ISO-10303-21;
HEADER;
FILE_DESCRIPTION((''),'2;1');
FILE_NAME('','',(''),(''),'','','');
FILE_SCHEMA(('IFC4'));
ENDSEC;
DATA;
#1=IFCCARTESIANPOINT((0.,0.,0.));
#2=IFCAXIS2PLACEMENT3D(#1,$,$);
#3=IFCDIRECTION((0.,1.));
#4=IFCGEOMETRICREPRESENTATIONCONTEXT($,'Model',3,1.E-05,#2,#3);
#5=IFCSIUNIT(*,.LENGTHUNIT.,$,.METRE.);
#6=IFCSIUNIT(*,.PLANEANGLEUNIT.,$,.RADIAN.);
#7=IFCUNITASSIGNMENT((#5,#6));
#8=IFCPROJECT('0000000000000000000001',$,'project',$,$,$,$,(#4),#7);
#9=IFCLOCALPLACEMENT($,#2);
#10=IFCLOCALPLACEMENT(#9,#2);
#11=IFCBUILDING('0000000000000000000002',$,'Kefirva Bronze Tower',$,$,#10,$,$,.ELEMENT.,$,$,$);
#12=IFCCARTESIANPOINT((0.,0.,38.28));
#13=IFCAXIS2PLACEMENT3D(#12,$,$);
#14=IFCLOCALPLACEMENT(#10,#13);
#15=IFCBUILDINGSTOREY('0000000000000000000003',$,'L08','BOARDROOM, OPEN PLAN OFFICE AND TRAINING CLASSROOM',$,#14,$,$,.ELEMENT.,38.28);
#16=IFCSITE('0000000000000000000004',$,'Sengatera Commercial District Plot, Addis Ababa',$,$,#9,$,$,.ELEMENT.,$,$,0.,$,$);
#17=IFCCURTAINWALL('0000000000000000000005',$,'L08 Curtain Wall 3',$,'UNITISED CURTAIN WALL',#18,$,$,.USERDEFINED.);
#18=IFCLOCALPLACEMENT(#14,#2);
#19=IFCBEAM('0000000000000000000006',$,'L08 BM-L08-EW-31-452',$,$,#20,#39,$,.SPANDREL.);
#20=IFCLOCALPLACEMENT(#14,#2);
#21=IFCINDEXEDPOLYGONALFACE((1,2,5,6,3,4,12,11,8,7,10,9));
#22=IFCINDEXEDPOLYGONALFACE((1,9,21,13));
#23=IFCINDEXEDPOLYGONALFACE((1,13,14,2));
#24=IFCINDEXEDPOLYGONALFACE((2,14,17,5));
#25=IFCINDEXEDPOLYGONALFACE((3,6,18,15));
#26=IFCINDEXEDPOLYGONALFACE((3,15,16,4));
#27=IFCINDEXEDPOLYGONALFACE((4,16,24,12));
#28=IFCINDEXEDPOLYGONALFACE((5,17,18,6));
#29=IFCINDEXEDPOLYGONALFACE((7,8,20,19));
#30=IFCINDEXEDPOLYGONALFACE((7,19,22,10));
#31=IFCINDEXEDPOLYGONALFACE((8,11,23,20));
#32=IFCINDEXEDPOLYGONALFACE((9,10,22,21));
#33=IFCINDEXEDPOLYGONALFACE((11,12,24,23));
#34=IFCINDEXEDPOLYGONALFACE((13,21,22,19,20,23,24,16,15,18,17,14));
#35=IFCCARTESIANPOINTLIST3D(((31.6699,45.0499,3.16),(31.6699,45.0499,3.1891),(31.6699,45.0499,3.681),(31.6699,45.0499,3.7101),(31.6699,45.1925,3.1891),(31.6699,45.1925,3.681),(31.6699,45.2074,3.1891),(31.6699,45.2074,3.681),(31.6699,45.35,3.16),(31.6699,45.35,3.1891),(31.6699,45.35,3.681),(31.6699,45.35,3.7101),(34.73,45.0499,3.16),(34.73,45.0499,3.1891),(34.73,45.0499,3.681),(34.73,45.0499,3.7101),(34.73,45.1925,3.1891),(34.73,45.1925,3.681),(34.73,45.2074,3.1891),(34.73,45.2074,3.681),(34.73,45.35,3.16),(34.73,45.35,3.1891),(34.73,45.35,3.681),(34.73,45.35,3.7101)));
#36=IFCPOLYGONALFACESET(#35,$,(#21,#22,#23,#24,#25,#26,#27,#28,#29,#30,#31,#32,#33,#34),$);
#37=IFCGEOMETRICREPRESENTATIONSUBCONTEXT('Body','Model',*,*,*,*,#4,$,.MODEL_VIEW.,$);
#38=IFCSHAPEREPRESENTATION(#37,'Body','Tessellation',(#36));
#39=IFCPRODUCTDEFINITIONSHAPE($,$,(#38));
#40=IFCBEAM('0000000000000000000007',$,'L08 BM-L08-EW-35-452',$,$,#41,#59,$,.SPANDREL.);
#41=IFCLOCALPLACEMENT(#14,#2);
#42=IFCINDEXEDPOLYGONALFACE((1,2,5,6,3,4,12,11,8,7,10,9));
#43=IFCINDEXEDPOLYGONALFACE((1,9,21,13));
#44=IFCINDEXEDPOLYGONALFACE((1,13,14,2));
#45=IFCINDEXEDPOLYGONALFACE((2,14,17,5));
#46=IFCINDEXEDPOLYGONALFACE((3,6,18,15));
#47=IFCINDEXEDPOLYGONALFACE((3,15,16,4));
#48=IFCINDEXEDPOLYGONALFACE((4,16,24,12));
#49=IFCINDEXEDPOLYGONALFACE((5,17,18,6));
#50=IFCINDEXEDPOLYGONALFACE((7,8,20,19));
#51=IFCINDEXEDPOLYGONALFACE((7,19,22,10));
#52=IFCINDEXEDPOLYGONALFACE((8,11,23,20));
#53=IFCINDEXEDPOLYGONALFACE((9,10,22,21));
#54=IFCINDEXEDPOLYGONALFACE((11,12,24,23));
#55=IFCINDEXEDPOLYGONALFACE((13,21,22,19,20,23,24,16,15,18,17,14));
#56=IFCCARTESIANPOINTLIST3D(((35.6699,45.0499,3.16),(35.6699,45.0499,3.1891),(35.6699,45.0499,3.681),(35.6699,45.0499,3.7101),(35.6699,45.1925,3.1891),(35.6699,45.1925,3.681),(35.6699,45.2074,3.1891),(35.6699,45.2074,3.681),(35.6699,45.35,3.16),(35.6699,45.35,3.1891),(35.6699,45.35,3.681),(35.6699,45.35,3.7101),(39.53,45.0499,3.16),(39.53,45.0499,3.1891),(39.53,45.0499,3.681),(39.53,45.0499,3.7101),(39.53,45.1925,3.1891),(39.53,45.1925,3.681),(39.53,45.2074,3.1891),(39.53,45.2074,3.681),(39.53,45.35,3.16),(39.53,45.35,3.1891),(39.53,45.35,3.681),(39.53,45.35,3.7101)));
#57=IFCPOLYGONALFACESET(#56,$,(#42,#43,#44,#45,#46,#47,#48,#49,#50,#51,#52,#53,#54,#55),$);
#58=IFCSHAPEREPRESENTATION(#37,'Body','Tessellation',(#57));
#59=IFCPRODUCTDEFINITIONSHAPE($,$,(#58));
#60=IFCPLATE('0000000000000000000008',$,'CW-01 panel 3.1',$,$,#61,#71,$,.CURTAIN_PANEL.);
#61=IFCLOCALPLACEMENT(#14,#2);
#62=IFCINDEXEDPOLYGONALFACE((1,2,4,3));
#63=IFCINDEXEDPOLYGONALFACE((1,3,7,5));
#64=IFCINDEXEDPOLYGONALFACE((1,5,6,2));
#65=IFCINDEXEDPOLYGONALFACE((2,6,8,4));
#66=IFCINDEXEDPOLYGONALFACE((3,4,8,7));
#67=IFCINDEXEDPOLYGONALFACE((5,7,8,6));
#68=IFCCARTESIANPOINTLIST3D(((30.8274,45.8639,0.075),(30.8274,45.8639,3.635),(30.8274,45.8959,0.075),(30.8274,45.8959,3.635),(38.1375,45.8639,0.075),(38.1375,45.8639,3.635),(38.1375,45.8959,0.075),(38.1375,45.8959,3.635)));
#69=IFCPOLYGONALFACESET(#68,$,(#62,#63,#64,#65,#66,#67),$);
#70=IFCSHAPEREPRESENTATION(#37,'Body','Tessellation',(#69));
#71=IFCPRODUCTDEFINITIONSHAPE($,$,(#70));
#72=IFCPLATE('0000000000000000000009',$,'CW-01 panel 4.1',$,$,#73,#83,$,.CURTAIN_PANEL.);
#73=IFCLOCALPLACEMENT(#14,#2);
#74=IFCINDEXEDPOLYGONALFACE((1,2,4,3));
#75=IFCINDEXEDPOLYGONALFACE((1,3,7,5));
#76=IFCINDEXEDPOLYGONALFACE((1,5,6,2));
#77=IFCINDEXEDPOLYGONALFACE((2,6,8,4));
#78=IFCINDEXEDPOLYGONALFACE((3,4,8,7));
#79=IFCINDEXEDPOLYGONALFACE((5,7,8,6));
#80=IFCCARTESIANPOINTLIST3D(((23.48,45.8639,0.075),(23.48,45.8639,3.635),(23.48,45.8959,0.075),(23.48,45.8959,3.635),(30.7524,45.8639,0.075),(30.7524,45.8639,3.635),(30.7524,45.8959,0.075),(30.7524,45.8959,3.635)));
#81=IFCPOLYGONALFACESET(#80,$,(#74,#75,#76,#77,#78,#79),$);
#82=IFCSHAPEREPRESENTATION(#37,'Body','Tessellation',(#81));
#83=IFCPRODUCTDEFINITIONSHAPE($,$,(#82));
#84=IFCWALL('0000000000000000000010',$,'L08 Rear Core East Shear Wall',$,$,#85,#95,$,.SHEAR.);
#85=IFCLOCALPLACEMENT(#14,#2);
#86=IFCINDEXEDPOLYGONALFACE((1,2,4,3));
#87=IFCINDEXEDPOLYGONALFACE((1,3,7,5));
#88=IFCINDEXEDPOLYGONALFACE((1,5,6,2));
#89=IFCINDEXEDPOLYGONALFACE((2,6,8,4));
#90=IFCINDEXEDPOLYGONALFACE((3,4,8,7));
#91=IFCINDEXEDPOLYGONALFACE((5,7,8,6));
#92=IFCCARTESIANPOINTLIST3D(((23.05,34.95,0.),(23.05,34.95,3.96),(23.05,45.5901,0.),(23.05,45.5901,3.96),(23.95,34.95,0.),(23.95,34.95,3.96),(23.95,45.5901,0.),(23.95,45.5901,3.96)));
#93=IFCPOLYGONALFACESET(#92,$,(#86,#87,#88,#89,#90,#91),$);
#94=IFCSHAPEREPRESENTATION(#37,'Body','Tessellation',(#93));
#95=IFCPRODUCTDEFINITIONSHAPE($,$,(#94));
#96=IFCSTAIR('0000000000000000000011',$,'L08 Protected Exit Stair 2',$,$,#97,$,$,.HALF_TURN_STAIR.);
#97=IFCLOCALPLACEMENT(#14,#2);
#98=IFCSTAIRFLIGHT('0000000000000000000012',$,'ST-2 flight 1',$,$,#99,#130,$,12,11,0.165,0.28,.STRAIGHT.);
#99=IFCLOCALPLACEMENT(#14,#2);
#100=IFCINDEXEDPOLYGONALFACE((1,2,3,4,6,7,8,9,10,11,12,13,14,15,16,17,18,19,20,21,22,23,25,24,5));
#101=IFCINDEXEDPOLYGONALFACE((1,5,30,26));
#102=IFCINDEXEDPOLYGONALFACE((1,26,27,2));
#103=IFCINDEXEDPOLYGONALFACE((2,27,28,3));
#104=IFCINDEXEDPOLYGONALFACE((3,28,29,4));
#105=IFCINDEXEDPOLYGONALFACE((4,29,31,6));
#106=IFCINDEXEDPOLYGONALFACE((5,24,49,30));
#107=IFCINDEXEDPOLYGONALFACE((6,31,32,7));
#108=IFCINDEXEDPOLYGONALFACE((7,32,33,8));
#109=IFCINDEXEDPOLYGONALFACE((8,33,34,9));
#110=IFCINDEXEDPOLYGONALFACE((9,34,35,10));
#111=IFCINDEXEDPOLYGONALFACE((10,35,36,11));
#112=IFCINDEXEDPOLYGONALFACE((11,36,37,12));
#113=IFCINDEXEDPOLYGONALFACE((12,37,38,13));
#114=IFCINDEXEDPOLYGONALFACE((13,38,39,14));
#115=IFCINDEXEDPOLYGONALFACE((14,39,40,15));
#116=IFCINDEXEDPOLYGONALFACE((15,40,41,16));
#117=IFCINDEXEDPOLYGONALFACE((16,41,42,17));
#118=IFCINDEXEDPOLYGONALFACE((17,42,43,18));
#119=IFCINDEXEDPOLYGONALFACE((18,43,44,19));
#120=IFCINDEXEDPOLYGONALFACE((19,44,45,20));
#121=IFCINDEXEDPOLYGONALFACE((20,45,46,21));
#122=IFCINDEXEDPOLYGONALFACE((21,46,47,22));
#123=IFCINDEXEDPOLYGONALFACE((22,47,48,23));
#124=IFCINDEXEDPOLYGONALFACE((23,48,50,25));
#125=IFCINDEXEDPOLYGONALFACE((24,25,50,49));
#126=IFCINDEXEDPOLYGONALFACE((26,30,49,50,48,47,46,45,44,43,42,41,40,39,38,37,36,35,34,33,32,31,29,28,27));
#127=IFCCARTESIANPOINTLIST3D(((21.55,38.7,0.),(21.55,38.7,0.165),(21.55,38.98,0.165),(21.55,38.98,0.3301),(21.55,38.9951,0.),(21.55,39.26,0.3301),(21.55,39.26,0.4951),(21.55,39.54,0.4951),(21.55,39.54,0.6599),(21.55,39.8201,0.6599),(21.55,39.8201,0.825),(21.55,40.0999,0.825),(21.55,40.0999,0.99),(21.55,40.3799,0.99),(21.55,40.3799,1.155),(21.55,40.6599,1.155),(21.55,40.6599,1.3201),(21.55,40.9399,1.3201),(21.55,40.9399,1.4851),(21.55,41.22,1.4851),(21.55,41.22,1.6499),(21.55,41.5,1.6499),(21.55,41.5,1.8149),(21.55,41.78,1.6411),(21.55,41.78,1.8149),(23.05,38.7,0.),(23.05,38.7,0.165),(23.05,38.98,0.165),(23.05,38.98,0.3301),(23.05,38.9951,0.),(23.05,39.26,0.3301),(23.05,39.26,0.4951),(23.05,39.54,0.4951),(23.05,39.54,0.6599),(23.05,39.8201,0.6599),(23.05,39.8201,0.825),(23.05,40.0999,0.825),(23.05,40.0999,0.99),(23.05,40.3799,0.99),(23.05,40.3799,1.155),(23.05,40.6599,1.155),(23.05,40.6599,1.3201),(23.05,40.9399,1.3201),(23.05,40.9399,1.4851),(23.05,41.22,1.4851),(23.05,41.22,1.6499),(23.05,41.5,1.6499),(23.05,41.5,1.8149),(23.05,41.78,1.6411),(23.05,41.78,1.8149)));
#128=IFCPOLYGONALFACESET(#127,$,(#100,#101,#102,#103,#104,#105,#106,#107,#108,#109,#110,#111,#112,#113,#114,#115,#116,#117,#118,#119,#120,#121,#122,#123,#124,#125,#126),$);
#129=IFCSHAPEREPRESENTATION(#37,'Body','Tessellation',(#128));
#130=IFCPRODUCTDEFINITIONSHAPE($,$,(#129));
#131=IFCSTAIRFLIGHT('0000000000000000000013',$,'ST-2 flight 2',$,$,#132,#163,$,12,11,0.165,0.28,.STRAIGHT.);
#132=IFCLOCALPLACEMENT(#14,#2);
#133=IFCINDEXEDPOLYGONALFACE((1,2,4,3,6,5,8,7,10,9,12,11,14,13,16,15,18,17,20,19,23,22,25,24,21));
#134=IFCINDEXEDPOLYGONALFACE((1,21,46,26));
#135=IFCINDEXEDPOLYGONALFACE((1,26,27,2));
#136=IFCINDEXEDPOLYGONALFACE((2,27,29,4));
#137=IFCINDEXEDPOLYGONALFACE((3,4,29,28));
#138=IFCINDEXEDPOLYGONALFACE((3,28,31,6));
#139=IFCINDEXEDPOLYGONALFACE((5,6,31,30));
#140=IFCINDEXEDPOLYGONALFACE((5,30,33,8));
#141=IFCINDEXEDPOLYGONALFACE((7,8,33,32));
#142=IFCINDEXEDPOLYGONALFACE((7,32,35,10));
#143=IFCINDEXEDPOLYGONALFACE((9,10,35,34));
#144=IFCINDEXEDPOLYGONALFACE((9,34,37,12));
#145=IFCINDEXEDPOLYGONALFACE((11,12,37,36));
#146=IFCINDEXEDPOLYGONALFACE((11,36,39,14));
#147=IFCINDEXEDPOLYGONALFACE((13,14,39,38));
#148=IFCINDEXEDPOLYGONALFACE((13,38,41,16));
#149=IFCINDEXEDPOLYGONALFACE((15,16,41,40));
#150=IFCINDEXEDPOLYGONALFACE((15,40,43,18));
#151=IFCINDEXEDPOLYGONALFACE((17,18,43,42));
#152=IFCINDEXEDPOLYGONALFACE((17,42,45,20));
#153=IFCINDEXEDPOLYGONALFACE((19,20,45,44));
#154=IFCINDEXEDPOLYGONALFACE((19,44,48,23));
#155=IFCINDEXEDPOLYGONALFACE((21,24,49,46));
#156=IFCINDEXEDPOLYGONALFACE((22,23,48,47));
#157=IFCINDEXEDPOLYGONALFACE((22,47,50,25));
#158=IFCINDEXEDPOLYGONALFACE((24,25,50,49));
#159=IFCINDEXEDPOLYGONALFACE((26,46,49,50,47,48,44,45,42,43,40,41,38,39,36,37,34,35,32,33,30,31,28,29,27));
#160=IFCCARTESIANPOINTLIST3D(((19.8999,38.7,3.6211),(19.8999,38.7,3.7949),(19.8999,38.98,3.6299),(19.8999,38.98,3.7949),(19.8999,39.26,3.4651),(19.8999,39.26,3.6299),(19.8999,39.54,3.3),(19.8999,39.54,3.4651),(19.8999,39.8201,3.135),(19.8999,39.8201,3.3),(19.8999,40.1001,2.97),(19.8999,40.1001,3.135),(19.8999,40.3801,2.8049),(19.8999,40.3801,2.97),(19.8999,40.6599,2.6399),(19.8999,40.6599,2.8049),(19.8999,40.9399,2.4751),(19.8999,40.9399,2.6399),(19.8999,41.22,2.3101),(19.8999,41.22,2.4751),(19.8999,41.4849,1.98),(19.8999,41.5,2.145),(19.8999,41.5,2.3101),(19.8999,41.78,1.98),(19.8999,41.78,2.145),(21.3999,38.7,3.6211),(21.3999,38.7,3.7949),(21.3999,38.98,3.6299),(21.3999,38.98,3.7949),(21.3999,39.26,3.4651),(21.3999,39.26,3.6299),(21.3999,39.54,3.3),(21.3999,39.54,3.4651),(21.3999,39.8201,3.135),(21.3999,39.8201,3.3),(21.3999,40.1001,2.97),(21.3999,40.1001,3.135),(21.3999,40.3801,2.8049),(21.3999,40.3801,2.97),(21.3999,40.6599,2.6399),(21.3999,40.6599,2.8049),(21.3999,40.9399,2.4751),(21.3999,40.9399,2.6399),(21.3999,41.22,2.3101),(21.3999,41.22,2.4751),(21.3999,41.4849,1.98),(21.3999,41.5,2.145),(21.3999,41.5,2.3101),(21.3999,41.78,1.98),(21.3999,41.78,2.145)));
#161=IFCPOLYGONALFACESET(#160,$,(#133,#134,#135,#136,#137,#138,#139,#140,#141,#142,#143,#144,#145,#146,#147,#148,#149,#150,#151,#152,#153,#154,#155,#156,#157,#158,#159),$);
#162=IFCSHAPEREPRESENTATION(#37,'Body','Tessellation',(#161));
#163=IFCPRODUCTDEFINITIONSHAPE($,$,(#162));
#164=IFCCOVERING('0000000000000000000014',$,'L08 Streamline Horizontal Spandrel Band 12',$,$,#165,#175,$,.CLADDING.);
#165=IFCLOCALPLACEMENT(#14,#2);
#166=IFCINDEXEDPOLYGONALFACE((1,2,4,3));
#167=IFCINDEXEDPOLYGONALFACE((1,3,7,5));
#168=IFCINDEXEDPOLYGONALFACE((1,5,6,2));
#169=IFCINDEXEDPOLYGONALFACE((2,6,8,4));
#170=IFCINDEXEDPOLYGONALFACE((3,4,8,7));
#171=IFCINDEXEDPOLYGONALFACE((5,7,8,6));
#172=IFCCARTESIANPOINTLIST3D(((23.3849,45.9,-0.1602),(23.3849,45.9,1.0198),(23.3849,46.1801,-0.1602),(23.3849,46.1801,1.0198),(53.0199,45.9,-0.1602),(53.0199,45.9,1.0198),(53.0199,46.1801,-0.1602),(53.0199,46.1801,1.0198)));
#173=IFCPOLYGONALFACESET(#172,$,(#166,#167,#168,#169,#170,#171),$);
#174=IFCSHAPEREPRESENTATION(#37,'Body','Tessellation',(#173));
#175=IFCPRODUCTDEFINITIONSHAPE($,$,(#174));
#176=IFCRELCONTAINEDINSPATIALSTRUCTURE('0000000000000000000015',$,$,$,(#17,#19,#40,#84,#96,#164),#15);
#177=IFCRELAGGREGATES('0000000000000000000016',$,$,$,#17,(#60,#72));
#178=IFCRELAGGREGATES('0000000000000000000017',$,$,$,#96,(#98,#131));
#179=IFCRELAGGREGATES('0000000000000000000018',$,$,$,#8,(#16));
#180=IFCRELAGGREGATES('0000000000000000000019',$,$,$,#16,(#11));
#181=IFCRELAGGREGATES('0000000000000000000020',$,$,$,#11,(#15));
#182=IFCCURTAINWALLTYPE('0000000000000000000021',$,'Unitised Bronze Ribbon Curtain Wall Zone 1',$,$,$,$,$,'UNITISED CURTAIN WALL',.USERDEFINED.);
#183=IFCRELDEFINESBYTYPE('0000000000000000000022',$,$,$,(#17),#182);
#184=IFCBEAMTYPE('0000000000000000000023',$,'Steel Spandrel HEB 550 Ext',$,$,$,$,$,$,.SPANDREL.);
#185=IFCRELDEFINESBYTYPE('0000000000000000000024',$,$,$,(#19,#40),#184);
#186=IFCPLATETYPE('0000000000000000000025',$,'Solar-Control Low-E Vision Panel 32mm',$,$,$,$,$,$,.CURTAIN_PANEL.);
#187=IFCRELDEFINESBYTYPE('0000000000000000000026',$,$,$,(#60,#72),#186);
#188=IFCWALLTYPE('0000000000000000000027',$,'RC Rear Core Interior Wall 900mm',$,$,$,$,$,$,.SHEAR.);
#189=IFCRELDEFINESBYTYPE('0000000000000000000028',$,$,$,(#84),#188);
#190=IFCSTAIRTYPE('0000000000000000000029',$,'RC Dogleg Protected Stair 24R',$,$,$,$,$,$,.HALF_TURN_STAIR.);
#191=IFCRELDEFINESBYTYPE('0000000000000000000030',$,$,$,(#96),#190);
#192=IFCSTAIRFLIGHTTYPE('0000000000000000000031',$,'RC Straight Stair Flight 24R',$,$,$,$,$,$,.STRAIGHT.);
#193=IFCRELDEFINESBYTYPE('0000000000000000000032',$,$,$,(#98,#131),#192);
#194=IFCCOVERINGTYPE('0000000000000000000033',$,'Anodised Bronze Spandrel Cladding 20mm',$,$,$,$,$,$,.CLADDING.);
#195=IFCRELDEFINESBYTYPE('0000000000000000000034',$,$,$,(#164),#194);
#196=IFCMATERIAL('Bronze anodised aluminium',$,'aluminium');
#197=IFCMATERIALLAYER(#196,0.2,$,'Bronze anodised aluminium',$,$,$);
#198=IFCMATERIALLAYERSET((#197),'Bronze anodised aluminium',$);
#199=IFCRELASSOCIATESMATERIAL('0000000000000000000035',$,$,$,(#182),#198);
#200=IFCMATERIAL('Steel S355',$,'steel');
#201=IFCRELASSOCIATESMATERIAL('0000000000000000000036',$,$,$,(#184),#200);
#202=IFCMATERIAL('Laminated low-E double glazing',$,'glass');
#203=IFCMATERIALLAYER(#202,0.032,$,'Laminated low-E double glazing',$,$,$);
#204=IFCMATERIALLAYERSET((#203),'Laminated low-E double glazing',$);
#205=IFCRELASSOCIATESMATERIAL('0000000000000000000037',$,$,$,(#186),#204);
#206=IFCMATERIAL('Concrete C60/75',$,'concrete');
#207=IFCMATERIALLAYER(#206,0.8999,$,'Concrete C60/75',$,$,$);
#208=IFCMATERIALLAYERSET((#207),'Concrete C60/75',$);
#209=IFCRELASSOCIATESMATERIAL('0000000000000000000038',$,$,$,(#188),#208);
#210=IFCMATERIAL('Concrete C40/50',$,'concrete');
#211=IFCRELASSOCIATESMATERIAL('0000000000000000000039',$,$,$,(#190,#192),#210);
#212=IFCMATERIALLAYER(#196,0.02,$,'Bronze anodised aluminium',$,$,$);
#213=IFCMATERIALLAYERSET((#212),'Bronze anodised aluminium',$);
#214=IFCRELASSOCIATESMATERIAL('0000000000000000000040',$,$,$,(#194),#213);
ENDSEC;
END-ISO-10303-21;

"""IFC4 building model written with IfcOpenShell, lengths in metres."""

from ifc_helpers import new_model, si_unit, direction, frame, frame_2d, origin, origin_2d, place, context, subcontext, project, spatial, polyline, rectangle, i_section, outline, extrude, material, layer, layer_set, material_profile, profile_set, type_object, element, aggregate, save


model = new_model("IFC4")

# Units and contexts
model_context = context("Model", 3, precision=1e-05, world=origin(), true_north=direction((0.0, 1.0)))
body_context = subcontext(model_context, "Body", "Model", "MODEL_VIEW")
ifc_project = project(units=[si_unit("LENGTHUNIT", "METRE"), si_unit("PLANEANGLEUNIT", "RADIAN")], contexts=[model_context])

# Site, building, storey
site_placement = place(None, origin())
site = spatial("IfcSite", under=ifc_project, at=site_placement, Name="Sengatera Commercial District Plot, Addis Ababa", CompositionType="ELEMENT", RefElevation=0.0)
building_placement = place(site_placement, origin())
building = spatial("IfcBuilding", under=site, at=building_placement, Name="Kefirva Bronze Tower", CompositionType="ELEMENT")
storey_placement = place(building_placement, frame((0.0, 0.0, 38.28)))
storey = spatial("IfcBuildingStorey", under=building, at=storey_placement, Name="L08", Description="BOARDROOM, OPEN PLAN OFFICE AND TRAINING CLASSROOM", CompositionType="ELEMENT", Elevation=38.28)

# Shared definitions
ifc_material_1 = material(Name="Concrete C60/75", Category="concrete")

# Curtain wall
ifc_material_2 = material(Name="Bronze anodised aluminium", Category="aluminium")
ifc_layer_1 = layer(ifc_material_2, 0.2, Name="Bronze anodised aluminium")
ifc_layer_set_1 = layer_set([ifc_layer_1], Name="Bronze anodised aluminium")
curtain_wall_type = type_object("IfcCurtainWallType", Name="Unitised Bronze Ribbon Curtain Wall Zone 1", ElementType="UNITISED CURTAIN WALL", PredefinedType="USERDEFINED", material=ifc_layer_set_1)
curtain_wall_placement = place(storey_placement, origin())
curtain_wall = element("IfcCurtainWall", 1, at=curtain_wall_placement, inside=storey, type_object=curtain_wall_type, Name="L08 Curtain Wall 3", ObjectType="UNITISED CURTAIN WALL", PredefinedType="USERDEFINED")

# Beams
ifc_material_3 = material(Name="Steel S355", Category="steel")
ifc_material_profile_1 = material_profile(ifc_material_3, i_section(OverallWidth=0.3, OverallDepth=0.55, WebThickness=0.0149, FlangeThickness=0.0291, at=origin_2d()), Name="HEB 550")
ifc_profile_set_1 = profile_set([ifc_material_profile_1], Name="Steel S355")
beam_type_1 = type_object("IfcBeamType", Name="Steel Spandrel HEB 550 Ext", PredefinedType="SPANDREL", material=ifc_profile_set_1)
beam_1_placement = place(storey_placement, frame((31.6699, 45.2, 3.4351), z_axis=(1.0, 0.0, 0.0), x_axis=(0.0, 1.0, 0.0)))
element("IfcBeam", 2, at=beam_1_placement, inside=storey, type_object=beam_type_1, Name="L08 BM-L08-EW-31-452", PredefinedType="SPANDREL", context=body_context, shape_type="SweptSolid", body=[
    extrude(i_section(OverallWidth=0.3, OverallDepth=0.55, WebThickness=0.0149, FlangeThickness=0.0291, at=origin_2d()), origin(), (0.0, 0.0, 1.0), 3.0601),
])
beam_2_placement = place(storey_placement, frame((35.6699, 45.2, 3.4351), z_axis=(1.0, 0.0, 0.0), x_axis=(0.0, 1.0, 0.0)))
element("IfcBeam", 3, at=beam_2_placement, inside=storey, type_object=beam_type_1, Name="L08 BM-L08-EW-35-452", PredefinedType="SPANDREL", context=body_context, shape_type="SweptSolid", body=[
    extrude(i_section(OverallWidth=0.3, OverallDepth=0.55, WebThickness=0.0149, FlangeThickness=0.0291, at=origin_2d()), origin(), (0.0, 0.0, 1.0), 3.8601),
])

# Plates
ifc_material_4 = material(Name="Laminated low-E double glazing", Category="glass")
ifc_layer_2 = layer(ifc_material_4, 0.032, Name="Laminated low-E double glazing")
ifc_layer_set_2 = layer_set([ifc_layer_2], Name="Laminated low-E double glazing")
plate_type = type_object("IfcPlateType", Name="Solar-Control Low-E Vision Panel 32mm", PredefinedType="CURTAIN_PANEL", material=ifc_layer_set_2)
plate_1_placement = place(storey_placement, frame((34.4824, 45.8799, 0.075), z_axis=(0.0, 0.0, 1.0), x_axis=(-1.0, 0.0, 0.0)))
plate_1 = element("IfcPlate", 4, at=plate_1_placement, type_object=plate_type, Name="CW-01 panel 3.1", PredefinedType="CURTAIN_PANEL", context=body_context, shape_type="SweptSolid", body=[
    extrude(rectangle(XDim=7.3101, YDim=0.032, at=origin_2d()), origin(), (0.0, 0.0, 1.0), 3.5601),
])
plate_2_placement = place(storey_placement, frame((27.1162, 45.8799, 0.075), z_axis=(0.0, 0.0, 1.0), x_axis=(-1.0, 0.0, 0.0)))
plate_2 = element("IfcPlate", 5, at=plate_2_placement, type_object=plate_type, Name="CW-01 panel 4.1", PredefinedType="CURTAIN_PANEL", context=body_context, shape_type="SweptSolid", body=[
    extrude(rectangle(XDim=7.2725, YDim=0.032, at=origin_2d()), origin(), (0.0, 0.0, 1.0), 3.5601),
])
aggregate(curtain_wall, [plate_1, plate_2])

# Wall
ifc_layer_3 = layer(ifc_material_1, 0.8999, Name="Concrete C60/75")
ifc_layer_set_3 = layer_set([ifc_layer_3], Name="Concrete C60/75")
wall_type = type_object("IfcWallType", Name="RC Rear Core Interior Wall 900mm", PredefinedType="SHEAR", material=ifc_layer_set_3)
wall_placement = place(storey_placement, frame((23.5, 34.95, 0.0), z_axis=(0.0, 0.0, 1.0), x_axis=(0.0, 1.0, 0.0)))
element("IfcWall", 6, at=wall_placement, inside=storey, type_object=wall_type, Name="L08 Rear Core East Shear Wall", PredefinedType="SHEAR", context=body_context, shape_type="SweptSolid", body=[
    extrude(rectangle(XDim=10.6401, YDim=0.8999, at=frame_2d((5.3201, 0.0))), origin(), (0.0, 0.0, 1.0), 3.96),
])

# Stair, stair flights
ifc_material_5 = material(Name="Concrete C40/50", Category="concrete")
stair_type = type_object("IfcStairType", Name="RC Dogleg Protected Stair 24R", PredefinedType="HALF_TURN_STAIR", material=ifc_material_5)
stair_placement = place(storey_placement, origin())
stair = element("IfcStair", 7, at=stair_placement, inside=storey, type_object=stair_type, Name="L08 Protected Exit Stair 2", PredefinedType="HALF_TURN_STAIR")
stair_flight_type = type_object("IfcStairFlightType", Name="RC Straight Stair Flight 24R", PredefinedType="STRAIGHT", material=ifc_material_5)
stair_flight_1_placement = place(storey_placement, frame((22.3, 38.7, 0.0), z_axis=(0.0, 0.0, 1.0), x_axis=(0.0, 1.0, 0.0)))
stair_flight_1 = element("IfcStairFlight", 8, at=stair_flight_1_placement, type_object=stair_flight_type, Name="ST-2 flight 1", NumberOfRisers=12, NumberOfTreads=11, PredefinedType="STRAIGHT", RiserHeight=0.165, TreadLength=0.28, context=body_context, shape_type="SweptSolid", body=[
    extrude(outline(polyline([(0.0, 0.0), (0.0, 0.165), (0.28, 0.165), (0.28, 0.3301), (0.5601, 0.3301), (0.5601, 0.4951), (0.8401, 0.4951), (0.8401, 0.6599), (1.1201, 0.6599), (1.1201, 0.825), (1.3999, 0.825), (1.3999, 0.99), (1.6799, 0.99), (1.6799, 1.155), (1.96, 1.155), (1.96, 1.3201), (2.24, 1.3201), (2.24, 1.4851), (2.52, 1.4851), (2.52, 1.6499), (2.8, 1.6499), (2.8, 1.8149), (3.0801, 1.8149), (3.0801, 1.98), (3.0801, 1.6411), (0.2952, 0.0), (0.0, 0.0)])), frame((0.0, 0.75, 0.0), z_axis=(0.0, -1.0, 0.0), x_axis=(1.0, 0.0, 0.0)), (0.0, 0.0, 1.0), 1.5),
])
stair_flight_2_placement = place(storey_placement, frame((20.6499, 41.78, 1.98), z_axis=(0.0, 0.0, 1.0), x_axis=(0.0, -1.0, 0.0)))
stair_flight_2 = element("IfcStairFlight", 9, at=stair_flight_2_placement, type_object=stair_flight_type, Name="ST-2 flight 2", NumberOfRisers=12, NumberOfTreads=11, PredefinedType="STRAIGHT", RiserHeight=0.165, TreadLength=0.28, context=body_context, shape_type="SweptSolid", body=[
    extrude(outline(polyline([(0.0, 0.0), (0.0, 0.165), (0.28, 0.165), (0.28, 0.3301), (0.5601, 0.3301), (0.5601, 0.4951), (0.8401, 0.4951), (0.8401, 0.6599), (1.1201, 0.6599), (1.1201, 0.825), (1.3999, 0.825), (1.3999, 0.99), (1.6799, 0.99), (1.6799, 1.155), (1.96, 1.155), (1.96, 1.3201), (2.24, 1.3201), (2.24, 1.4851), (2.52, 1.4851), (2.52, 1.6499), (2.8, 1.6499), (2.8, 1.8149), (3.0801, 1.8149), (3.0801, 1.98), (3.0801, 1.6411), (0.2952, 0.0), (0.0, 0.0)])), frame((0.0, 0.75, 0.0), z_axis=(0.0, -1.0, 0.0), x_axis=(1.0, 0.0, 0.0)), (0.0, 0.0, 1.0), 1.5),
])
aggregate(stair, [stair_flight_1, stair_flight_2])

# Covering
ifc_layer_4 = layer(ifc_material_2, 0.02, Name="Bronze anodised aluminium")
ifc_layer_set_4 = layer_set([ifc_layer_4], Name="Bronze anodised aluminium")
covering_type_1 = type_object("IfcCoveringType", Name="Anodised Bronze Spandrel Cladding 20mm", PredefinedType="CLADDING", material=ifc_layer_set_4)
covering_1_placement = place(storey_placement, frame((38.2024, 46.04, -0.1602), z_axis=(0.0, 0.0, 1.0), x_axis=(-1.0, 0.0, 0.0)))
element("IfcCovering", 10, at=covering_1_placement, inside=storey, type_object=covering_type_1, Name="L08 Streamline Horizontal Spandrel Band 12", PredefinedType="CLADDING", context=body_context, shape_type="SweptSolid", body=[
    extrude(rectangle(XDim=29.635, YDim=0.28, at=origin_2d()), origin(), (0.0, 0.0, 1.0), 1.1799),
])

save(model, "model.ifc")
